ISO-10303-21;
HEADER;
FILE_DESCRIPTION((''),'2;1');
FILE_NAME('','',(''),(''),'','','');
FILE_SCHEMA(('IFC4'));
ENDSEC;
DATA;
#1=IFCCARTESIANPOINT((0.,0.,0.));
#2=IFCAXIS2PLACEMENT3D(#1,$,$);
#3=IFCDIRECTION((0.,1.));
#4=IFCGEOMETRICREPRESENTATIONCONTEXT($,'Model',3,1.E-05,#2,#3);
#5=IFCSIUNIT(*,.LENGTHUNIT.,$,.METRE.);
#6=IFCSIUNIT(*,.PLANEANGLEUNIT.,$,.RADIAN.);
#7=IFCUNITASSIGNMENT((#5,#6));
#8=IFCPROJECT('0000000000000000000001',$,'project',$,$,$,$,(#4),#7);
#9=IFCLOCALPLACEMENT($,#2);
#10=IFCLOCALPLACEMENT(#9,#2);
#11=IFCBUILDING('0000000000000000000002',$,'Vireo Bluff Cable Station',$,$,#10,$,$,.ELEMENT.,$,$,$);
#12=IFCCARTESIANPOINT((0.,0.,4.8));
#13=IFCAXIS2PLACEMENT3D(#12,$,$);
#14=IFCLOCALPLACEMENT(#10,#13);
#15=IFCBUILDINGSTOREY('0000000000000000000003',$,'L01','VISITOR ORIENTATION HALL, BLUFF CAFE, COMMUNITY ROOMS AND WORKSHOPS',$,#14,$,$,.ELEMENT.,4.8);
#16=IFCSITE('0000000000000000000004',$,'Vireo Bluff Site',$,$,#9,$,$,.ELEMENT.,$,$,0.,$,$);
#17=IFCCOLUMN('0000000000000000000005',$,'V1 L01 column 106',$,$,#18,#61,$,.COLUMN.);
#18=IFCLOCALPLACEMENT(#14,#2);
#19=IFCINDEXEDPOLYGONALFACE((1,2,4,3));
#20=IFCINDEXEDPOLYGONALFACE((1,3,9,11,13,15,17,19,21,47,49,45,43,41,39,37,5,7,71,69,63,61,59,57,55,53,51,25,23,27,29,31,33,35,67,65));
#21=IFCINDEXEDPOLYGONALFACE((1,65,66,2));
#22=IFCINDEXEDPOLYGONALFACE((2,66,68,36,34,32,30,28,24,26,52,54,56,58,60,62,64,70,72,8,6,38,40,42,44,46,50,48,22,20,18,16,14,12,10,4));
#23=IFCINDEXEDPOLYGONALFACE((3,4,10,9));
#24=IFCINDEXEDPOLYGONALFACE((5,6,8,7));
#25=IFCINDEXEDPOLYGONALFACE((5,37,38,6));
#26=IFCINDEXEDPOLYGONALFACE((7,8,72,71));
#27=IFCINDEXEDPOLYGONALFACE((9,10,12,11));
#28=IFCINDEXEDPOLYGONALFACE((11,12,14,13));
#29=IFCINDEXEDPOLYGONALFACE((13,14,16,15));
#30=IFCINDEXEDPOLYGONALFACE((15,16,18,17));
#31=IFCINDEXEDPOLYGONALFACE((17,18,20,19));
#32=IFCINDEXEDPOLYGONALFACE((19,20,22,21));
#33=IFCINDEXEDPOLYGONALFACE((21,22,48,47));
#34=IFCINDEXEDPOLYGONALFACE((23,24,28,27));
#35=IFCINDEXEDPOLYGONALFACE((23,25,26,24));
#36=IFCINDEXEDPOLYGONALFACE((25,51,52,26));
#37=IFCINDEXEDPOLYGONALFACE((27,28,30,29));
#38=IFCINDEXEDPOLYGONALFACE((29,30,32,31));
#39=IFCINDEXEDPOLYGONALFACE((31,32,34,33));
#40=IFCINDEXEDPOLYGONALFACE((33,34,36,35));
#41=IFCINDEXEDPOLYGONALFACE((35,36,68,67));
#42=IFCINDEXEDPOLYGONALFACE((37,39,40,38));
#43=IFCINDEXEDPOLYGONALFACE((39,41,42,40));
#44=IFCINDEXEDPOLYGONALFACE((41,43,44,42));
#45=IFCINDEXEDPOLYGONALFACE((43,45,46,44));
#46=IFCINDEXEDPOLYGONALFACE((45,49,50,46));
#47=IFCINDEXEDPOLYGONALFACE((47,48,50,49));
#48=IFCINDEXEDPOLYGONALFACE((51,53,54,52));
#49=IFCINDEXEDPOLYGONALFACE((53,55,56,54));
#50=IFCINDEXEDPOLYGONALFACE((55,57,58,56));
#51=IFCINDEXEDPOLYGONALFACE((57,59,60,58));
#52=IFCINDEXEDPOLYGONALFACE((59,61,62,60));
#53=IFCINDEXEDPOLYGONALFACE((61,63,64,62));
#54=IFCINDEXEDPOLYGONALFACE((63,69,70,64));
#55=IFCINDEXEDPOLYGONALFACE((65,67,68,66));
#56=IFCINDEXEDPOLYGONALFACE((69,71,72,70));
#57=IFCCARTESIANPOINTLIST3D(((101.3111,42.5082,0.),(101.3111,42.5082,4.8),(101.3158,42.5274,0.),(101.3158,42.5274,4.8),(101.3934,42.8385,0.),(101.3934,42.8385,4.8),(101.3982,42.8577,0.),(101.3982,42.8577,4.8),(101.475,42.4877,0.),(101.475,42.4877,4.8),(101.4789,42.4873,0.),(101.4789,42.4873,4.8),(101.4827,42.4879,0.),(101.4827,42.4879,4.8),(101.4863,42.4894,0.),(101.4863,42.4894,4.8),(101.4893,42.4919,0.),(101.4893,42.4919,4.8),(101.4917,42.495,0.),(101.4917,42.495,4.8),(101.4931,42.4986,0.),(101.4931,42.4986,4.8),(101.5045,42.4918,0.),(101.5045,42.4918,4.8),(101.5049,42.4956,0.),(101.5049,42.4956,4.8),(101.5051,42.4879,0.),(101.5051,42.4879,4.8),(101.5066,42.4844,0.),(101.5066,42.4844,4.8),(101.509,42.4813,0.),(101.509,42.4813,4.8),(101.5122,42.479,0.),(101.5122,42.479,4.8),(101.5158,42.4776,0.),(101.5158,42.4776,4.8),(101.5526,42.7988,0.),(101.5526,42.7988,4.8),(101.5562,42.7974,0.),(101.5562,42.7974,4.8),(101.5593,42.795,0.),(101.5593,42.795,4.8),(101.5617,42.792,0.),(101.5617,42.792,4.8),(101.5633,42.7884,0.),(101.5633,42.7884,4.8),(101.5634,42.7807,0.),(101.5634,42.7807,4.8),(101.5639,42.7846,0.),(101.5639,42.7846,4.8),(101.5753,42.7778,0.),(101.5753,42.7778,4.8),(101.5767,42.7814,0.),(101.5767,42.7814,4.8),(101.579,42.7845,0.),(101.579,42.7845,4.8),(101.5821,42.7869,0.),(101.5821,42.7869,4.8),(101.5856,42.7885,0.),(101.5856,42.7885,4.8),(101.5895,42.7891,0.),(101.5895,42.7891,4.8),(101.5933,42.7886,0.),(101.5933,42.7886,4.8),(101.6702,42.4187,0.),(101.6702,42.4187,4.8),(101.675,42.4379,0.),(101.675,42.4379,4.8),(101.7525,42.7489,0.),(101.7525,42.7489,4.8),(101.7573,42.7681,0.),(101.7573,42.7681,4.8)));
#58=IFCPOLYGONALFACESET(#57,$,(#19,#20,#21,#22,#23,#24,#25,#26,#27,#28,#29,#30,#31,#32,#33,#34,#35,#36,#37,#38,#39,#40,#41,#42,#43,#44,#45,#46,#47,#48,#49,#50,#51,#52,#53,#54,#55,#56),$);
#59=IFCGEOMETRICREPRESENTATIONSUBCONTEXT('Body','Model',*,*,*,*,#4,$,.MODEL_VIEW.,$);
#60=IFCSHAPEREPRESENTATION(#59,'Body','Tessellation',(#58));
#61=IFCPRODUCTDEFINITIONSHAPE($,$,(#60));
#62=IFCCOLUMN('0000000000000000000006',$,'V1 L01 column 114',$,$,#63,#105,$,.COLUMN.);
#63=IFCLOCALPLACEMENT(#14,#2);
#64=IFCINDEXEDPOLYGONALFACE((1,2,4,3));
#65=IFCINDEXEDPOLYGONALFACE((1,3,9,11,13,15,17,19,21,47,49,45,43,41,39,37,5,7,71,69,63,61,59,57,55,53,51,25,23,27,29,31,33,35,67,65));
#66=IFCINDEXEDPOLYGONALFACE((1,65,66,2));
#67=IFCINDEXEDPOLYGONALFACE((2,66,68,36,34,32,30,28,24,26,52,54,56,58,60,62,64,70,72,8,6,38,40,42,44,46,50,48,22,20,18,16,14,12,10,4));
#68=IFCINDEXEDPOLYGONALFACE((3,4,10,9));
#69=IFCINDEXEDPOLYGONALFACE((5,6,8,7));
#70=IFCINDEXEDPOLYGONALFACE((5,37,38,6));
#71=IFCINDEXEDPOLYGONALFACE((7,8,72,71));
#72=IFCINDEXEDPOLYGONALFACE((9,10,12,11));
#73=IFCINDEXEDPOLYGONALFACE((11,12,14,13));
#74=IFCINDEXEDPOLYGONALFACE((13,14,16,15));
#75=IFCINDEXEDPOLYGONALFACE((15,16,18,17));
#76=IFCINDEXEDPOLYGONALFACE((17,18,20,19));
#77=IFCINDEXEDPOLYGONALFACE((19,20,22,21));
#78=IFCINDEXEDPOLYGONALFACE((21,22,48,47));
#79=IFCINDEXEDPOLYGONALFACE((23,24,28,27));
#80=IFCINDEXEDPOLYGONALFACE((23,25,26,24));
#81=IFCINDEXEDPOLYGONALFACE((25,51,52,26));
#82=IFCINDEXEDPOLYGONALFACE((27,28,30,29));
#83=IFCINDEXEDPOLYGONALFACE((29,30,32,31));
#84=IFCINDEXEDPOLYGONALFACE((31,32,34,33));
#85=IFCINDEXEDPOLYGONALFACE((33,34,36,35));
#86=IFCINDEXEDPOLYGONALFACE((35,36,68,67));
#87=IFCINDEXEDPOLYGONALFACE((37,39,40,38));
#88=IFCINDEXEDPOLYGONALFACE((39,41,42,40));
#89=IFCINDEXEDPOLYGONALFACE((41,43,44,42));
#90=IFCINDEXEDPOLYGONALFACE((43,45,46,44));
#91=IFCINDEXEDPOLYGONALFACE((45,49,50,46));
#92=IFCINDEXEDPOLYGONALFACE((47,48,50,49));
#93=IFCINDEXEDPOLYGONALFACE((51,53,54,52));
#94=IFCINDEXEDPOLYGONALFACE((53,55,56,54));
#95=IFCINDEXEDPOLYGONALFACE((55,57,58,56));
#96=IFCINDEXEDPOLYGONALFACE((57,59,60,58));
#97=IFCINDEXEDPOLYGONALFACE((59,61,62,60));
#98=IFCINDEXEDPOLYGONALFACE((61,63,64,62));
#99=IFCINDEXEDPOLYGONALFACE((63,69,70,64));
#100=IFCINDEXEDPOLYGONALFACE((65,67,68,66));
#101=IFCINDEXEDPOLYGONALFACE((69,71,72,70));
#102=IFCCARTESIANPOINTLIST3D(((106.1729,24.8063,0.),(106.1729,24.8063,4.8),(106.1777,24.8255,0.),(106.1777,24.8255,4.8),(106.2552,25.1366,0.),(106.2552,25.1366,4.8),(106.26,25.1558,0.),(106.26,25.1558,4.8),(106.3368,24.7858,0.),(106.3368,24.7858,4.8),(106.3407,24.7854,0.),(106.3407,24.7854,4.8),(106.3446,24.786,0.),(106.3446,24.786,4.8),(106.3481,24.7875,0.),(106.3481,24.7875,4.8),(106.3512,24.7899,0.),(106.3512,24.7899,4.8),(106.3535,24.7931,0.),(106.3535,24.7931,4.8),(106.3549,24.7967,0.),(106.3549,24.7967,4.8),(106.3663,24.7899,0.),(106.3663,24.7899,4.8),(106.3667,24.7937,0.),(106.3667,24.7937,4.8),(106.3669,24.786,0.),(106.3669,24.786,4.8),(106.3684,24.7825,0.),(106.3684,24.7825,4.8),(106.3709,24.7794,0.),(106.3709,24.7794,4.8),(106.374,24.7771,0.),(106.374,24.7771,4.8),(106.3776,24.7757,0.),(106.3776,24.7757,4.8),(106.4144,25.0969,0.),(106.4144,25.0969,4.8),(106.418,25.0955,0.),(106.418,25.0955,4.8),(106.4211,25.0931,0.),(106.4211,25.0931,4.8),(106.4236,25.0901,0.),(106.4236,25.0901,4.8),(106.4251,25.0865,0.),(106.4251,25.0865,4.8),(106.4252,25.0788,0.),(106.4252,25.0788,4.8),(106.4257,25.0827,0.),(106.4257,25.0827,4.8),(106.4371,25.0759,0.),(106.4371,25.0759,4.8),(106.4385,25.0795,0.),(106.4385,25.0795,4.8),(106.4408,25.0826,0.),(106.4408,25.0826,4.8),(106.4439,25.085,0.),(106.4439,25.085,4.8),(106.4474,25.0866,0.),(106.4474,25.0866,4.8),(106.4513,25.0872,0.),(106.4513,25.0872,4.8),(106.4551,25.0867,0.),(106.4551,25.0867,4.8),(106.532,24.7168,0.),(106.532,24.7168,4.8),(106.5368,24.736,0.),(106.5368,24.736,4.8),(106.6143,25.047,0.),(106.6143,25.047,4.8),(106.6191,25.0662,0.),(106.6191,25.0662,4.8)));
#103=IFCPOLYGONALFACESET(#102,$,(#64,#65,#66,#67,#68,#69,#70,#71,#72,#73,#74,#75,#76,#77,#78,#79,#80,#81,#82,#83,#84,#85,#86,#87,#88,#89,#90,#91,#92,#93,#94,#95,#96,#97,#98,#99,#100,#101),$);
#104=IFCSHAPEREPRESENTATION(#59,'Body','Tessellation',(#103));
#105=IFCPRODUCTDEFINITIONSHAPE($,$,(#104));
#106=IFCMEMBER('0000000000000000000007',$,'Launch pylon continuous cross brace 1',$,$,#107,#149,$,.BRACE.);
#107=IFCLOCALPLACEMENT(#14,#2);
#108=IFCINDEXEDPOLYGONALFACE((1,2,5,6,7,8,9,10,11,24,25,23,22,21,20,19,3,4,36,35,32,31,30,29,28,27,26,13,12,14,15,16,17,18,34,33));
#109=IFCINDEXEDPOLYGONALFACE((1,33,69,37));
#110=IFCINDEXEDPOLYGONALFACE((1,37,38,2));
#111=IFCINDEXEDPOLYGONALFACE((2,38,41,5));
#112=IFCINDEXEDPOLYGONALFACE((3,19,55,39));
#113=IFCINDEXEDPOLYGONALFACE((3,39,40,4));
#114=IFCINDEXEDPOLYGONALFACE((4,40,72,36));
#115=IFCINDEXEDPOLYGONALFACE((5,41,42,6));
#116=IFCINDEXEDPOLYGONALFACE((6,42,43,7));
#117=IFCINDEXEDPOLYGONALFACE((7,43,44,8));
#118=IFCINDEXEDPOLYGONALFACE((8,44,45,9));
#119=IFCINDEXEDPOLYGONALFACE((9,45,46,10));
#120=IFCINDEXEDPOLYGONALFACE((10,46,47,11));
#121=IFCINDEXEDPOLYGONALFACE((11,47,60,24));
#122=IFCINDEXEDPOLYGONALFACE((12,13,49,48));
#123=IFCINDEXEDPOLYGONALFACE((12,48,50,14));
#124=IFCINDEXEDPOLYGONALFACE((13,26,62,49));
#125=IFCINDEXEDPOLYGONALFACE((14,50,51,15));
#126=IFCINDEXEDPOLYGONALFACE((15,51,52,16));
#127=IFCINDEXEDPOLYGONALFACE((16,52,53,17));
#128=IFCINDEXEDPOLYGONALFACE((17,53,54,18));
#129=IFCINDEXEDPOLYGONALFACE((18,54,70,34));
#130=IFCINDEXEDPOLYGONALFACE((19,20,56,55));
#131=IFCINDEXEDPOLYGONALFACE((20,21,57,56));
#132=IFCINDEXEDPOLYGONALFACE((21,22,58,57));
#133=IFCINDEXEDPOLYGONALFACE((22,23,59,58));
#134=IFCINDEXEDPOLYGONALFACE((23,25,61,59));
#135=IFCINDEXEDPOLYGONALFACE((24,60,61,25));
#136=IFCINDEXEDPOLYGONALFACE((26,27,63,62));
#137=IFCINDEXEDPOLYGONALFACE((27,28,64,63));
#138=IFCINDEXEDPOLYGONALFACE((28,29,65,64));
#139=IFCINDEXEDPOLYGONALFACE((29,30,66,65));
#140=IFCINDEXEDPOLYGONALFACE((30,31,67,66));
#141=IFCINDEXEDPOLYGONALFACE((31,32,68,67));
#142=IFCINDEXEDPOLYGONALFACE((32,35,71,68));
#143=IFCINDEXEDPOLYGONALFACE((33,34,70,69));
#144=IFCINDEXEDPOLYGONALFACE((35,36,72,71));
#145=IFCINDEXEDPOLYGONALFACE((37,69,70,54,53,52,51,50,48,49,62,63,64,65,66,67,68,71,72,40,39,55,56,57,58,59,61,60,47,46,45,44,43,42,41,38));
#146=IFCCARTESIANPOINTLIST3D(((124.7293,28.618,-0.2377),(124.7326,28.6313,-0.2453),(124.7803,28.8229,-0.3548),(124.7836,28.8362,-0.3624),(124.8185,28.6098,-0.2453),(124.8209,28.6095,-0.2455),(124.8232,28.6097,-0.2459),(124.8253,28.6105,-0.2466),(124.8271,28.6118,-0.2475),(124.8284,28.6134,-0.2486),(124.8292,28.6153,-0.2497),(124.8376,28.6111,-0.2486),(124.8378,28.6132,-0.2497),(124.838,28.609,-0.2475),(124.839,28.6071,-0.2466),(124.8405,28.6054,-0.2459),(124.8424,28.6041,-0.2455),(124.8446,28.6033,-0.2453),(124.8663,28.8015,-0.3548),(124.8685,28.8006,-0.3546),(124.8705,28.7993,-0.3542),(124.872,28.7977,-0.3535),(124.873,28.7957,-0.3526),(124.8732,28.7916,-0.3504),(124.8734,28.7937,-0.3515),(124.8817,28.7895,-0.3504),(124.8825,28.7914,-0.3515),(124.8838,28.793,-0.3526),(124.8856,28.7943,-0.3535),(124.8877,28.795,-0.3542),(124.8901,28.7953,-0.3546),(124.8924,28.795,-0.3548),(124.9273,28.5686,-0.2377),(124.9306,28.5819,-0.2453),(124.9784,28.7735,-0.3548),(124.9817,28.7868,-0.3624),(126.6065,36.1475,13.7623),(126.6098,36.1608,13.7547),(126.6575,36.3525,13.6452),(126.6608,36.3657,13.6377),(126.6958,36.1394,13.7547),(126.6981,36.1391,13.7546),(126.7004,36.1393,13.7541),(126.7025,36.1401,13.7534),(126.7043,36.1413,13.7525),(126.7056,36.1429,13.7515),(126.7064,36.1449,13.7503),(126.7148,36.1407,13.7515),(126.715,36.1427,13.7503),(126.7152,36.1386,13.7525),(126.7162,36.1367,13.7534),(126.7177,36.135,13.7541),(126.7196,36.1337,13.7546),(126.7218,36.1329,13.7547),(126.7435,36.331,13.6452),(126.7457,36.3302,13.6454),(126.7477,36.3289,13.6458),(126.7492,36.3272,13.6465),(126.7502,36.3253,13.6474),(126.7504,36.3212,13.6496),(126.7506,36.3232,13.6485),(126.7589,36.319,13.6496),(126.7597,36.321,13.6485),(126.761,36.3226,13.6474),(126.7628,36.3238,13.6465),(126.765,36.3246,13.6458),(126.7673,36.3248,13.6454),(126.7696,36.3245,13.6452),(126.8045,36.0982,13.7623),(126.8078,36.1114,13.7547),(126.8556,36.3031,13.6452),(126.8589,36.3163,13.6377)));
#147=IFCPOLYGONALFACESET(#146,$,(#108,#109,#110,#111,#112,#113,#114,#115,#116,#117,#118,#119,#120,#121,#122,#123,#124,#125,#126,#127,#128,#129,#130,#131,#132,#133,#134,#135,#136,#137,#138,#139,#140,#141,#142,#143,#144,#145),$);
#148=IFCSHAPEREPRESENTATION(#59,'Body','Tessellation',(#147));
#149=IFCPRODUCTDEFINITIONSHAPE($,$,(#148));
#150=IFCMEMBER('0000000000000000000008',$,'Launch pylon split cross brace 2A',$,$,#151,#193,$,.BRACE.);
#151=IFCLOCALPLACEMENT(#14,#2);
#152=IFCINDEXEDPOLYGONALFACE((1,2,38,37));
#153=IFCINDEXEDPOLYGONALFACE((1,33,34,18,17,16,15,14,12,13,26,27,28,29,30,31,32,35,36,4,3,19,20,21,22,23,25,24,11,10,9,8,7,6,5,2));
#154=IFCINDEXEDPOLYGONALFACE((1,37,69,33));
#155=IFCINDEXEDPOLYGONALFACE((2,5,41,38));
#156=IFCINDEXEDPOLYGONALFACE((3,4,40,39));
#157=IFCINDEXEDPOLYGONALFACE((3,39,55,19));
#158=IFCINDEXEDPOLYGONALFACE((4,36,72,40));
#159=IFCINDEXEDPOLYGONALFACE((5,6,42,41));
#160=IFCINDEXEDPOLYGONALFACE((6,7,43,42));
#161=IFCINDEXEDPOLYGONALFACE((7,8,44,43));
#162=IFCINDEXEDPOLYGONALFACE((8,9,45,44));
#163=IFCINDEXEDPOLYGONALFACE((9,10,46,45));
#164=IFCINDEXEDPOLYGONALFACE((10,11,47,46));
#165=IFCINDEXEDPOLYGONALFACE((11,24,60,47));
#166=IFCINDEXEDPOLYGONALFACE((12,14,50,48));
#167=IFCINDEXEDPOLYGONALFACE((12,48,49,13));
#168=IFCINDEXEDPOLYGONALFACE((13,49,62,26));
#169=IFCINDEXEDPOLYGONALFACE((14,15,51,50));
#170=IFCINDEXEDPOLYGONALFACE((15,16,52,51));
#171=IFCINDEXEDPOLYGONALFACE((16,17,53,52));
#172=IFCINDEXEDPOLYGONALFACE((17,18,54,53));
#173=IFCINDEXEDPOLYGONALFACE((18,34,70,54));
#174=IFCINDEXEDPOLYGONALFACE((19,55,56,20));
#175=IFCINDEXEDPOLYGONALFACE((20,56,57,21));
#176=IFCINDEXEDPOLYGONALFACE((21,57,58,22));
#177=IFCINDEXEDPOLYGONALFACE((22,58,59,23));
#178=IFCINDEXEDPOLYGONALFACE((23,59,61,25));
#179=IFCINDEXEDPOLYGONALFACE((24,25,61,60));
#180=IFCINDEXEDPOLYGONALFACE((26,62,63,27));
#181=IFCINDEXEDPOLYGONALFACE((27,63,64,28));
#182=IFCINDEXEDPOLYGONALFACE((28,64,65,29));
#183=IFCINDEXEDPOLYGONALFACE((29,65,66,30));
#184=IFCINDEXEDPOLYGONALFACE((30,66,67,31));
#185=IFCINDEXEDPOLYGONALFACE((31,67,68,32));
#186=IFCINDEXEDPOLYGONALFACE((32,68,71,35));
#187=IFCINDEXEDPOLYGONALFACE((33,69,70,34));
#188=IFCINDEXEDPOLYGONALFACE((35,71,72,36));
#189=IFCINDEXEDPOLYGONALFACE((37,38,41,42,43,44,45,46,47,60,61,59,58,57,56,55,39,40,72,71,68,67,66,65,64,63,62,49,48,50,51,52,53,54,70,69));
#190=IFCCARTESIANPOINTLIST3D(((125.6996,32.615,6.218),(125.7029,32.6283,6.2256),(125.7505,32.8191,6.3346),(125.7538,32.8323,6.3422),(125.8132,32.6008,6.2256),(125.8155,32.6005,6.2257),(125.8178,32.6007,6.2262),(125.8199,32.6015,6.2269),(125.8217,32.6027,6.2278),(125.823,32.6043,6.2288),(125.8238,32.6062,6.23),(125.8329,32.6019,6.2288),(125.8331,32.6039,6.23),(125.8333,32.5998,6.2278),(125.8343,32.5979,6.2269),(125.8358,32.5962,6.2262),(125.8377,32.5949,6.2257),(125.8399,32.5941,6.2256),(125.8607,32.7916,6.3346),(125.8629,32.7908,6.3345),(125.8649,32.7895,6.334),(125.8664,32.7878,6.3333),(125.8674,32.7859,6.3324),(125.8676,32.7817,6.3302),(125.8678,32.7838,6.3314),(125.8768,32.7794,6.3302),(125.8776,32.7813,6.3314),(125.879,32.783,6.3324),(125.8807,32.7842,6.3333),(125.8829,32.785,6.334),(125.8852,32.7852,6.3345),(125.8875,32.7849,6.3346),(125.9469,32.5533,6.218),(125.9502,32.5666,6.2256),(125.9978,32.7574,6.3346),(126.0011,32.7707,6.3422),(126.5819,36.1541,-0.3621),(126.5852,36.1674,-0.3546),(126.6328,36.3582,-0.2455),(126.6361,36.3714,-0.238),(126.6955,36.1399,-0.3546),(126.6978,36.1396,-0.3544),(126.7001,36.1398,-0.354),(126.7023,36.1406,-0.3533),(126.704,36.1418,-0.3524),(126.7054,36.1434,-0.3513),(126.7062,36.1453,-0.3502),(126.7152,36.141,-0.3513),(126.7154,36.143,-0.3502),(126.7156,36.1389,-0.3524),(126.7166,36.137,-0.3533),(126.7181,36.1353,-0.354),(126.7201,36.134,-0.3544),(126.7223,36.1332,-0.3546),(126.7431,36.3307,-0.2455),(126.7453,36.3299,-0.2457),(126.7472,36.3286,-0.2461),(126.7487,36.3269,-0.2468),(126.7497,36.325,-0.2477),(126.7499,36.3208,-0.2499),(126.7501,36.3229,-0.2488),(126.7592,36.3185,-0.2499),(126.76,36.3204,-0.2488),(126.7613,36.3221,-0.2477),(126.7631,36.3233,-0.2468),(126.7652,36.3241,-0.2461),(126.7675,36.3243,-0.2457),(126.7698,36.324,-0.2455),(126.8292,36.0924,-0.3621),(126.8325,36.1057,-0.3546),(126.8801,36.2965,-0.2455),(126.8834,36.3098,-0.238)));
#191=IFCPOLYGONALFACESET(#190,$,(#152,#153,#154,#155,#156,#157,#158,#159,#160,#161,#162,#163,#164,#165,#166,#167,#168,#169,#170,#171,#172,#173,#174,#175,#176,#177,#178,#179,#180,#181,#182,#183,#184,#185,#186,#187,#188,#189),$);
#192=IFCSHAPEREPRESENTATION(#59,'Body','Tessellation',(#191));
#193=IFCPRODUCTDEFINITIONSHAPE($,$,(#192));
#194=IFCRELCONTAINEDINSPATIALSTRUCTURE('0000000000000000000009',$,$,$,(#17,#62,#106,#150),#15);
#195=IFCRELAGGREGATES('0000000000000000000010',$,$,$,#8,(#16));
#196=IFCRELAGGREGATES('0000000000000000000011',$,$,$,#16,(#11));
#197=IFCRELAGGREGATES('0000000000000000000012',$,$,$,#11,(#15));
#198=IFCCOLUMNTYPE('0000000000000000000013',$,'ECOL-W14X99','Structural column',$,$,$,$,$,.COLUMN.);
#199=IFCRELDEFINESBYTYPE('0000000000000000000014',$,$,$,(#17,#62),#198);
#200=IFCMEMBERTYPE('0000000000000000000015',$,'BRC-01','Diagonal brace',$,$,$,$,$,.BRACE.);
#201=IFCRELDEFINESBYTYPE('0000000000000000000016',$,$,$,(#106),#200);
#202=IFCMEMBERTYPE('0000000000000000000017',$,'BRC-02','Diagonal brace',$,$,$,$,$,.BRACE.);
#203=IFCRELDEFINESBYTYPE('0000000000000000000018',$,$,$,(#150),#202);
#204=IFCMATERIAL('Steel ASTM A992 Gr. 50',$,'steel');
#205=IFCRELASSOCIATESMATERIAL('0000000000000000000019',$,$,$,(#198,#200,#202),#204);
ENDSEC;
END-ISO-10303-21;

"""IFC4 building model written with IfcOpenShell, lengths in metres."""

from ifc_helpers import new_model, si_unit, direction, frame, origin, origin_2d, place, context, subcontext, project, spatial, i_section, extrude, material, material_profile, profile_set, type_object, element, save


model = new_model("IFC4")

# Units and contexts
model_context = context("Model", 3, precision=1e-05, world=origin(), true_north=direction((0.0, 1.0)))
body_context = subcontext(model_context, "Body", "Model", "MODEL_VIEW")
ifc_project = project(units=[si_unit("LENGTHUNIT", "METRE"), si_unit("PLANEANGLEUNIT", "RADIAN")], contexts=[model_context])

# Site, building, storey
site_placement = place(None, origin())
site = spatial("IfcSite", under=ifc_project, at=site_placement, Name="Vireo Bluff Site", CompositionType="ELEMENT", RefElevation=0.0)
building_placement = place(site_placement, origin())
building = spatial("IfcBuilding", under=site, at=building_placement, Name="Vireo Bluff Cable Station", CompositionType="ELEMENT")
storey_placement = place(building_placement, frame((0.0, 0.0, 4.8)))
storey = spatial("IfcBuildingStorey", under=building, at=storey_placement, Name="L01", Description="VISITOR ORIENTATION HALL, BLUFF CAFE, COMMUNITY ROOMS AND WORKSHOPS", CompositionType="ELEMENT", Elevation=4.8)

# Columns
ifc_material_1 = material(Name="Steel ASTM A992 Gr. 50", Category="steel")
ifc_material_profile_1 = material_profile(ifc_material_1, i_section(OverallWidth=0.3701, OverallDepth=0.3601, WebThickness=0.0122, FlangeThickness=0.0198, FilletRadius=0.0149, at=origin_2d()), Name="W14X99")
ifc_profile_set_1 = profile_set([ifc_material_profile_1], Name="Steel ASTM A992 Gr. 50")
column_type_1 = type_object("IfcColumnType", Name="ECOL-W14X99", Description="Structural column", PredefinedType="COLUMN", material=ifc_profile_set_1)
for number, where, z_axis, x_axis, name in (
    (1, (101.5342, 42.6382, 0.0), (0.0, 0.0, 1.0), (0.970296, -0.241922, 0.0), "V1 L01 column 106"),
    (2, (106.396, 24.9363, 0.0), (0.0, 0.0, 1.0), (0.970296, -0.241922, 0.0), "V1 L01 column 114"),
):
    element("IfcColumn", number, at=place(storey_placement, frame(where, z_axis=z_axis, x_axis=x_axis)), inside=storey, type_object=column_type_1, Name=name, PredefinedType="COLUMN", context=body_context, shape_type="SweptSolid", body=[
        extrude(i_section(OverallWidth=0.3701, OverallDepth=0.3601, WebThickness=0.0122, FlangeThickness=0.0198, FilletRadius=0.0149, at=origin_2d()), origin(), (0.0, 0.0, 1.0), 4.8),
    ])

# Members
ifc_material_profile_2 = material_profile(ifc_material_1, i_section(OverallWidth=0.2041, OverallDepth=0.2571, WebThickness=0.0088, FlangeThickness=0.0156, FilletRadius=0.009, at=origin_2d()), Name="W10X45")
ifc_profile_set_2 = profile_set([ifc_material_profile_2], Name="Steel ASTM A992 Gr. 50")
member_type_1 = type_object("IfcMemberType", Name="BRC-01", Description="Diagonal brace", PredefinedType="BRACE", material=ifc_profile_set_2)
member_1_placement = place(storey_placement, frame((124.8555, 28.7024, -0.3), z_axis=(0.117275, 0.470396, 0.874628), x_axis=(-0.9703, 0.241906, 0.0)))
element("IfcMember", 3, at=member_1_placement, inside=storey, type_object=member_type_1, Name="Launch pylon continuous cross brace 1", PredefinedType="BRACE", context=body_context, shape_type="SweptSolid", body=[
    extrude(i_section(OverallWidth=0.2041, OverallDepth=0.2571, WebThickness=0.0088, FlangeThickness=0.0156, FilletRadius=0.009, at=origin_2d()), origin(), (0.0, 0.0, 1.0), 16.0068),
])
ifc_material_profile_3 = material_profile(ifc_material_1, i_section(OverallWidth=0.2549, OverallDepth=0.2561, WebThickness=0.0095, FlangeThickness=0.0156, FilletRadius=0.009, at=origin_2d()), Name="W10X54")
ifc_profile_set_3 = profile_set([ifc_material_profile_3], Name="Steel ASTM A992 Gr. 50")
member_type_2 = type_object("IfcMemberType", Name="BRC-02", Description="Diagonal brace", PredefinedType="BRACE", material=ifc_profile_set_3)
member_2_placement = place(storey_placement, frame((126.7327, 36.2319, -0.3), z_axis=(-0.117278, -0.47041, 0.87462), x_axis=(0.9703, -0.241906, 0.0)))
element("IfcMember", 4, at=member_2_placement, inside=storey, type_object=member_type_2, Name="Launch pylon split cross brace 2A", PredefinedType="BRACE", context=body_context, shape_type="SweptSolid", body=[
    extrude(i_section(OverallWidth=0.2549, OverallDepth=0.2561, WebThickness=0.0095, FlangeThickness=0.0156, FilletRadius=0.009, at=origin_2d()), origin(), (0.0, 0.0, 1.0), 7.5234),
])

save(model, "model.ifc")
